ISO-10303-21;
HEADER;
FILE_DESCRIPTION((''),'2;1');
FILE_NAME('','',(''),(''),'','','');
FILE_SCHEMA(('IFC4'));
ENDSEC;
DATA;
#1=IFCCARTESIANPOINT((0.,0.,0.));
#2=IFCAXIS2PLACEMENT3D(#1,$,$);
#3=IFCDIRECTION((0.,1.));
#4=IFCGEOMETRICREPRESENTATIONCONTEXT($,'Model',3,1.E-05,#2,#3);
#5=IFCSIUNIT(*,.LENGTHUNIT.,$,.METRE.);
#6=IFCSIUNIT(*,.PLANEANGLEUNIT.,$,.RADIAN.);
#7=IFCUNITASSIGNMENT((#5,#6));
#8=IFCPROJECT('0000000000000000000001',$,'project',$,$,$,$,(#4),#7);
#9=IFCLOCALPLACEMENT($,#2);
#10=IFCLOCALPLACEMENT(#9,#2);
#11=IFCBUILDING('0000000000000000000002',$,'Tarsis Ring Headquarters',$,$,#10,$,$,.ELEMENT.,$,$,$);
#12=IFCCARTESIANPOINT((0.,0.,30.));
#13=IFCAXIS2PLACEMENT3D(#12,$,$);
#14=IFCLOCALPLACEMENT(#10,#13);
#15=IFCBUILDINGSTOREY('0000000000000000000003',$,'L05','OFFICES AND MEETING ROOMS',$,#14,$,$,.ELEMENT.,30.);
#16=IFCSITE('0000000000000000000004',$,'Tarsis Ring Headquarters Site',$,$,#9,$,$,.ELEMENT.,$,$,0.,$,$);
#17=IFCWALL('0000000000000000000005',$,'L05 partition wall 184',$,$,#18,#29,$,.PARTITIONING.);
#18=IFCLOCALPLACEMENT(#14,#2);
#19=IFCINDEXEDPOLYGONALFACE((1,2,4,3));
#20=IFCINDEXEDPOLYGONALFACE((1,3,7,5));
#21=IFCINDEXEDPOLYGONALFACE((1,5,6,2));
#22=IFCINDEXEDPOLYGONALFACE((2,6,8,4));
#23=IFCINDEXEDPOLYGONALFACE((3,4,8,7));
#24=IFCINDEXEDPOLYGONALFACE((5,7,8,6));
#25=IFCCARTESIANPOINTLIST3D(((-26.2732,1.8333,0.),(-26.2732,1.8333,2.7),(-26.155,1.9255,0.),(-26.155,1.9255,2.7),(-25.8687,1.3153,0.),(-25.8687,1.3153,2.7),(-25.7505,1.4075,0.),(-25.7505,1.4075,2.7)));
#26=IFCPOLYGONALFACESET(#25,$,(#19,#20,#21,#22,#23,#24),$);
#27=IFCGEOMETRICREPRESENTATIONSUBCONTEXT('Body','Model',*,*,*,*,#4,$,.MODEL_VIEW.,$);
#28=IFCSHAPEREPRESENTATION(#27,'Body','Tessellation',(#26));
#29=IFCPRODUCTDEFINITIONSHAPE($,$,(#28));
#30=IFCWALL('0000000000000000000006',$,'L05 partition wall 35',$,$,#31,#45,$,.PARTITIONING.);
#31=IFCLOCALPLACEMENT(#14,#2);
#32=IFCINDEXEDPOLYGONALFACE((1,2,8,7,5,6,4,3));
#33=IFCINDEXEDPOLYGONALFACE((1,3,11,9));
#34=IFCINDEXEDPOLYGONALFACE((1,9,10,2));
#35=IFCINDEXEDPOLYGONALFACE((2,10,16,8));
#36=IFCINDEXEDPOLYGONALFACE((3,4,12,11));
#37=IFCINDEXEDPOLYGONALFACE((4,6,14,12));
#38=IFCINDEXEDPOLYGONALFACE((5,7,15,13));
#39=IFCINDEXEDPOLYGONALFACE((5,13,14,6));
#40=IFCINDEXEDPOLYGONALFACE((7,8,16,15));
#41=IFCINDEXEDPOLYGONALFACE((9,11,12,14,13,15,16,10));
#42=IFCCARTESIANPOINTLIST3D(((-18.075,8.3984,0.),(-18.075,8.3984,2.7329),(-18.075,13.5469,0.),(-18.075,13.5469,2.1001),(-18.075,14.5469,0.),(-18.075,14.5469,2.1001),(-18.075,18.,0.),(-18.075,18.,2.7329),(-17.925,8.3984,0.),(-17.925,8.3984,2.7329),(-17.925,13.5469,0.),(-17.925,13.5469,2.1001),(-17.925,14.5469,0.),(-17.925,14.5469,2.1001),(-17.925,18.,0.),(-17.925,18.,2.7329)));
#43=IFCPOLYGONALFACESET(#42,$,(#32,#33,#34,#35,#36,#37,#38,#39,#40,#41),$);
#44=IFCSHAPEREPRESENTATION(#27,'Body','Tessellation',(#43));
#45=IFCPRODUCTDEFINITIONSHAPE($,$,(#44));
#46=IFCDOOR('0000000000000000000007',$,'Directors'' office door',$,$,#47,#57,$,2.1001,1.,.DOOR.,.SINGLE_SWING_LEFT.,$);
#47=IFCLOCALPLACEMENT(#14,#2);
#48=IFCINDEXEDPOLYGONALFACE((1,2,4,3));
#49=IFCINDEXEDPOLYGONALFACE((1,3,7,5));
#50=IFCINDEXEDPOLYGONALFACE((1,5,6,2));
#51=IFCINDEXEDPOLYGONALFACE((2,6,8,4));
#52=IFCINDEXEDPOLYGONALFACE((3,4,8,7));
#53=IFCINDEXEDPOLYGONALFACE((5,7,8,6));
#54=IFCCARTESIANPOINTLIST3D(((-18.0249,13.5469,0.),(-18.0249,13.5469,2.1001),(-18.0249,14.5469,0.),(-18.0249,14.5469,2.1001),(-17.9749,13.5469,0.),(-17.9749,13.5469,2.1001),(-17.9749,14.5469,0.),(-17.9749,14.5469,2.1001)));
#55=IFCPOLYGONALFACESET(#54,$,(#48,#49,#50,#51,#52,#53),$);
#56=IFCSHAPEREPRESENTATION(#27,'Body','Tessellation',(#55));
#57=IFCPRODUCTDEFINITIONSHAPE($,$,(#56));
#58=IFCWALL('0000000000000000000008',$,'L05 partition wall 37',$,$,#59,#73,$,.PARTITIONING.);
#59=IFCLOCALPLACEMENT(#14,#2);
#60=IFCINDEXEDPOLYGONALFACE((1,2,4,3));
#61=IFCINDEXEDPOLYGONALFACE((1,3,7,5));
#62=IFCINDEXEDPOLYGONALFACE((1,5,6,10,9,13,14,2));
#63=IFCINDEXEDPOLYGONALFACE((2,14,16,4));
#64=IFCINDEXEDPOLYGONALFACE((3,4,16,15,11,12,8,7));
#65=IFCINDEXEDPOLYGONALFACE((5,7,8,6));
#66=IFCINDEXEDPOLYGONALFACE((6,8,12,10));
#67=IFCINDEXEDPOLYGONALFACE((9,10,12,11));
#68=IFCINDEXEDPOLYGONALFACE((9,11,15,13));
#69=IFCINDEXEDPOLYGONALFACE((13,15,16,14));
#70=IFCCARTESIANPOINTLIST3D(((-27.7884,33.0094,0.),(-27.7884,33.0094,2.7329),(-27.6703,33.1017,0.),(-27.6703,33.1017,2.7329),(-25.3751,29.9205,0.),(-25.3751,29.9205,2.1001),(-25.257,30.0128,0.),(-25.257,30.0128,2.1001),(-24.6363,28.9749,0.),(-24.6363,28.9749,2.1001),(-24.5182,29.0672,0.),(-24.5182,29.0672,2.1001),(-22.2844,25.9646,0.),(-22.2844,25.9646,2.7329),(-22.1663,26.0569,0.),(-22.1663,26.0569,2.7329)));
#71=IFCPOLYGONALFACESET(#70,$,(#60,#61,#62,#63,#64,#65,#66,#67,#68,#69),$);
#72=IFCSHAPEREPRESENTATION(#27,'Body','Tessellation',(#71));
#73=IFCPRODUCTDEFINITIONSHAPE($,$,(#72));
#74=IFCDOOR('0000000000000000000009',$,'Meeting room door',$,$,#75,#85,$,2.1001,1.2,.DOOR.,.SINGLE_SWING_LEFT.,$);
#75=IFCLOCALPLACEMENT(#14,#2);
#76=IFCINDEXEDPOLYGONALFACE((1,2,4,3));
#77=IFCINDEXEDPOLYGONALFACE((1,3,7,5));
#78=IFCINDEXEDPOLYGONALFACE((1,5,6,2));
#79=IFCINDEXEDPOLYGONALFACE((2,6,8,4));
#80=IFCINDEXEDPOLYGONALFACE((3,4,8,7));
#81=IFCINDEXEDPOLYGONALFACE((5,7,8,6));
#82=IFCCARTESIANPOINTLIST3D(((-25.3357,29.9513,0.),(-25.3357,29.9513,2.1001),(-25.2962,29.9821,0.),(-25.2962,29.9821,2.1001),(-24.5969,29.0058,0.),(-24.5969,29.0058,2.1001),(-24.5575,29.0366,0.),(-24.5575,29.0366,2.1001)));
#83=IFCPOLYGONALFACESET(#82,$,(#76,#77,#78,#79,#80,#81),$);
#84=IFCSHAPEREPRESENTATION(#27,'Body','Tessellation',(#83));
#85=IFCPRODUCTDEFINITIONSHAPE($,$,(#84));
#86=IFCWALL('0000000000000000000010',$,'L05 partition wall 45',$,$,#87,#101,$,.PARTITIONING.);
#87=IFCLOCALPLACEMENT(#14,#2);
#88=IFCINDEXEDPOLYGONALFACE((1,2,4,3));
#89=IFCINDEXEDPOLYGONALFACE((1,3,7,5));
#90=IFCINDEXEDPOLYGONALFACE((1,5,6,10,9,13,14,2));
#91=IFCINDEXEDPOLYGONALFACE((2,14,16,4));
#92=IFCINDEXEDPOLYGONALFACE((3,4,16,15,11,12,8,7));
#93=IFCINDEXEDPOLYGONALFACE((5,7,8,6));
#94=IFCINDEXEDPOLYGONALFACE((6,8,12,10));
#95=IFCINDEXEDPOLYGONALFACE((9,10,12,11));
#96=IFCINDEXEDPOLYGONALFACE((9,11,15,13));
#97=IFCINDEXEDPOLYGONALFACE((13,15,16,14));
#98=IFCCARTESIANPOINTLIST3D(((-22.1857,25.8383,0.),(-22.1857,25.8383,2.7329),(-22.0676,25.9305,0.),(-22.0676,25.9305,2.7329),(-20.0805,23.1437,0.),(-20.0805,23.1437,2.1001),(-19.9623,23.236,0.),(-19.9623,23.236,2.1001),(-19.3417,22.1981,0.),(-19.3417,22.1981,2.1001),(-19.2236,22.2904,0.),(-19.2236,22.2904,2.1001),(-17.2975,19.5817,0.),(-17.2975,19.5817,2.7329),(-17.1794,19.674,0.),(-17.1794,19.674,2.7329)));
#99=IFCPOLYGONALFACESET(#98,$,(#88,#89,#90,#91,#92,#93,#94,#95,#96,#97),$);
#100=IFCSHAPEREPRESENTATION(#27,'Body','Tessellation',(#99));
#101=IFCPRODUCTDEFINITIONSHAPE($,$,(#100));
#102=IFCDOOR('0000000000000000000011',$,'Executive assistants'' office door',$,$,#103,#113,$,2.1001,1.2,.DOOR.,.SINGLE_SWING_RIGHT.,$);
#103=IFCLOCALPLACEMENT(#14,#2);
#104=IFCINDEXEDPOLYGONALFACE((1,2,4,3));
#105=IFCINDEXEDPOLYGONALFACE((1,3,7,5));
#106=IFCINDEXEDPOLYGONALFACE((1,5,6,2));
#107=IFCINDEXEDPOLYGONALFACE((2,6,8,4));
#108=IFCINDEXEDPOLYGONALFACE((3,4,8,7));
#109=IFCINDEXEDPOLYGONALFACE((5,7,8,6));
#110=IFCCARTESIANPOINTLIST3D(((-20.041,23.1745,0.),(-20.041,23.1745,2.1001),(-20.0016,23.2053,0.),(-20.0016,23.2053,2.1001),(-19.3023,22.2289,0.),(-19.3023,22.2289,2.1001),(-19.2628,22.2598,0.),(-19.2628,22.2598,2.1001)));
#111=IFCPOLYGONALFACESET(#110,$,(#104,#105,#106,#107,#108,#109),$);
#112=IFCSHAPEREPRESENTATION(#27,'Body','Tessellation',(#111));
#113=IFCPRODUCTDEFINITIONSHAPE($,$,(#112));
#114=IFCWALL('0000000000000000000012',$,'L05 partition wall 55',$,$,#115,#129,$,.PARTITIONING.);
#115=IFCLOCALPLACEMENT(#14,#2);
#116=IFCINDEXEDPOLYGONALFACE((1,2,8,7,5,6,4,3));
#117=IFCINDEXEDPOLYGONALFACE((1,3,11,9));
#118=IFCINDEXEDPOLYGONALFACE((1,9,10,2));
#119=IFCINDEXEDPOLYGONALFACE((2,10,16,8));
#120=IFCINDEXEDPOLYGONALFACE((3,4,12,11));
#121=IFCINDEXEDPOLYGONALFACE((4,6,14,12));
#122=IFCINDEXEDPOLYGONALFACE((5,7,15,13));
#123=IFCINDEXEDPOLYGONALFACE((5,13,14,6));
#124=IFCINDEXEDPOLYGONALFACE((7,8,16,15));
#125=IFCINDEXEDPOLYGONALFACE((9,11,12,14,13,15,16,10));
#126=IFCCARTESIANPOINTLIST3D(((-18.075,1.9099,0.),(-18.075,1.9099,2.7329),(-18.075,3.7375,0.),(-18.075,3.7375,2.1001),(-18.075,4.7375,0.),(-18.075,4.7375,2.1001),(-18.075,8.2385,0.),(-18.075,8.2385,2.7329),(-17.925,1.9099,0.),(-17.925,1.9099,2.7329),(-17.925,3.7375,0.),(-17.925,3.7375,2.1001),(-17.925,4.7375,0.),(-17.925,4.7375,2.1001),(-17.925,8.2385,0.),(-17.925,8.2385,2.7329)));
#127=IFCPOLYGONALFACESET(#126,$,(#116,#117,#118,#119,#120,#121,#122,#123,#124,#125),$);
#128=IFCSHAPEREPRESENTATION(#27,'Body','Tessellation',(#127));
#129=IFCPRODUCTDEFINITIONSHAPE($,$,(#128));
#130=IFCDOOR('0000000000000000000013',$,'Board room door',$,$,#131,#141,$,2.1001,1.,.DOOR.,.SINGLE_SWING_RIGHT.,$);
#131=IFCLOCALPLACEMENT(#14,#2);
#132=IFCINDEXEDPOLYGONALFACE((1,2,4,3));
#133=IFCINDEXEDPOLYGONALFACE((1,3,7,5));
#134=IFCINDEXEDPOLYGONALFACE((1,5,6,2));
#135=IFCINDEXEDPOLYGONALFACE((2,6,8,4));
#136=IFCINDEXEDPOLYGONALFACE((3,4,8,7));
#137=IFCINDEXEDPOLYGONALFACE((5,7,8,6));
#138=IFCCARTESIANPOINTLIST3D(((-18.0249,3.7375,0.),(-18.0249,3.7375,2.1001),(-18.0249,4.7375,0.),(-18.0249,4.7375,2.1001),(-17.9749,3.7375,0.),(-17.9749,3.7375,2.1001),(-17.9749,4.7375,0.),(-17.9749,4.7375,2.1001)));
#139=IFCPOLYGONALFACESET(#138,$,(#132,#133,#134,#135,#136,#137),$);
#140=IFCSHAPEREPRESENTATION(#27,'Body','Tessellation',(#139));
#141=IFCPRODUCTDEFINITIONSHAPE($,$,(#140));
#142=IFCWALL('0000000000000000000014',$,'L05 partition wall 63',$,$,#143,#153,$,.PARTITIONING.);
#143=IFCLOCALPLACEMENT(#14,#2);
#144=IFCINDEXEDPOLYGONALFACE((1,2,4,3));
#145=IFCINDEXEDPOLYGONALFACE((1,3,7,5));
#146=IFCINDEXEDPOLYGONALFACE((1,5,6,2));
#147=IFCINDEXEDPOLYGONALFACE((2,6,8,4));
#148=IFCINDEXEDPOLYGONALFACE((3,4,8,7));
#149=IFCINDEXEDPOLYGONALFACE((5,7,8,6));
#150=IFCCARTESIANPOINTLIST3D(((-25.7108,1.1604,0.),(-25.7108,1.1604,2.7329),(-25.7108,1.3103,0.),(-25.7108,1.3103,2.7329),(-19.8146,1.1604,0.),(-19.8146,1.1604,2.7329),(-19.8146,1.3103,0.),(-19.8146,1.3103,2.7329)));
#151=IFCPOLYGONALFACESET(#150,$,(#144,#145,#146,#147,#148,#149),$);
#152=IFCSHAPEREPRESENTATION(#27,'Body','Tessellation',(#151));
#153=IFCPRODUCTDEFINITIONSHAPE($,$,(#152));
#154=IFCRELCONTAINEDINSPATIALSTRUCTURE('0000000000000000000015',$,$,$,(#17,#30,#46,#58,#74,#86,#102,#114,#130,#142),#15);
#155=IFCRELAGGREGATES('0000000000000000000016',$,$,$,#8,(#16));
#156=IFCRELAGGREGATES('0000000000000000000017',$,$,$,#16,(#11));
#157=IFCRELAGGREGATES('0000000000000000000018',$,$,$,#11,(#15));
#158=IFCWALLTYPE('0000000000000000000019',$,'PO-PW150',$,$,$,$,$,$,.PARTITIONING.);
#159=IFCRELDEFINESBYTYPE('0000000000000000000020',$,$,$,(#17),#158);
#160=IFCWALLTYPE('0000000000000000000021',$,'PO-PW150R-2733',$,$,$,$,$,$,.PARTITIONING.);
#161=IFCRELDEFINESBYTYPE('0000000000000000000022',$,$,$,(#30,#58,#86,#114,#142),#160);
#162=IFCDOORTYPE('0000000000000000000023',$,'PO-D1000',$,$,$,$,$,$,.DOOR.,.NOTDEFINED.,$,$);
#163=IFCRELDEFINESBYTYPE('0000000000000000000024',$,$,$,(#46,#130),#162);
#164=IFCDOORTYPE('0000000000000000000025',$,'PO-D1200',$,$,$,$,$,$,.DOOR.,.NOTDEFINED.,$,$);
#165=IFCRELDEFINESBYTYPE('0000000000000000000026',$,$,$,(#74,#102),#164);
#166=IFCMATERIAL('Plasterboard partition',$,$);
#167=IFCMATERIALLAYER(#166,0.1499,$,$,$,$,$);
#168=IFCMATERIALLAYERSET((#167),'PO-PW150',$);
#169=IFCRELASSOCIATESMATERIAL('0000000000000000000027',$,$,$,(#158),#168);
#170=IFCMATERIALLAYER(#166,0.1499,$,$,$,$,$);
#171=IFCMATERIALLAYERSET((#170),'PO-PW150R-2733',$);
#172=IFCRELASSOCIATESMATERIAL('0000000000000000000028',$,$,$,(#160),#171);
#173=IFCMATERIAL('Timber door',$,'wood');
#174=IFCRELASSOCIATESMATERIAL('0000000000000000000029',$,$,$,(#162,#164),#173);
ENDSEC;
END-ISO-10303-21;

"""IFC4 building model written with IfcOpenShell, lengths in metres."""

from ifc_helpers import new_model, si_unit, direction, frame, frame_2d, origin, place, context, subcontext, project, spatial, rectangle, extrude, material, layer, layer_set, type_object, element, fill, save


model = new_model("IFC4")

# Units and contexts
model_context = context("Model", 3, precision=1e-05, world=origin(), true_north=direction((0.0, 1.0)))
body_context = subcontext(model_context, "Body", "Model", "MODEL_VIEW")
ifc_project = project(units=[si_unit("LENGTHUNIT", "METRE"), si_unit("PLANEANGLEUNIT", "RADIAN")], contexts=[model_context])

# Site, building, storey
site_placement = place(None, origin())
site = spatial("IfcSite", under=ifc_project, at=site_placement, Name="Tarsis Ring Headquarters Site", CompositionType="ELEMENT", RefElevation=0.0)
building_placement = place(site_placement, origin())
building = spatial("IfcBuilding", under=site, at=building_placement, Name="Tarsis Ring Headquarters", CompositionType="ELEMENT")
storey_placement = place(building_placement, frame((0.0, 0.0, 30.0)))
storey = spatial("IfcBuildingStorey", under=building, at=storey_placement, Name="L05", Description="OFFICES AND MEETING ROOMS", CompositionType="ELEMENT", Elevation=30.0)

# Wall
ifc_material_1 = material(Name="Plasterboard partition")
ifc_layer_1 = layer(ifc_material_1, 0.1499)
ifc_layer_set_1 = layer_set([ifc_layer_1], Name="PO-PW150")
wall_type_1 = type_object("IfcWallType", Name="PO-PW150", PredefinedType="PARTITIONING", material=ifc_layer_set_1)
wall_1_placement = place(storey_placement, frame((-26.2141, 1.8794, 0.0), z_axis=(0.0, 0.0, 1.0), x_axis=(0.615457, -0.788171, 0.0)))
element("IfcWall", 1, at=wall_1_placement, inside=storey, type_object=wall_type_1, Name="L05 partition wall 184", PredefinedType="PARTITIONING", context=body_context, shape_type="SweptSolid", body=[
    extrude(rectangle(XDim=0.6572, YDim=0.1499, at=frame_2d((0.3286, 0.0))), origin(), (0.0, 0.0, 1.0), 2.7),
])

# Walls, openings, doors
ifc_layer_2 = layer(ifc_material_1, 0.1499)
ifc_layer_set_2 = layer_set([ifc_layer_2], Name="PO-PW150R-2733")
wall_type_2 = type_object("IfcWallType", Name="PO-PW150R-2733", PredefinedType="PARTITIONING", material=ifc_layer_set_2)
wall_2_placement = place(storey_placement, frame((-18.0, 8.3984, 0.0), z_axis=(0.0, 0.0, 1.0), x_axis=(0.0, 1.0, 0.0)))
wall_2 = element("IfcWall", 2, at=wall_2_placement, inside=storey, type_object=wall_type_2, Name="L05 partition wall 35", PredefinedType="PARTITIONING", context=body_context, shape_type="SweptSolid", body=[
    extrude(rectangle(XDim=9.6016, YDim=0.1499, at=frame_2d((4.8008, 0.0))), origin(), (0.0, 0.0, 1.0), 2.7329),
])
opening_1_placement = place(wall_2_placement, frame((5.1484, 0.0, 0.0)))
opening_1 = element("IfcOpeningElement", 3, at=opening_1_placement, cuts=wall_2, PredefinedType="OPENING", context=body_context, shape_type="SweptSolid", body=[
    extrude(rectangle(XDim=1.0, YDim=2.1001, at=frame_2d((0.5, 1.05))), frame((0.0, 0.085, 0.0), z_axis=(0.0, -1.0, 0.0), x_axis=(1.0, 0.0, 0.0)), (0.0, 0.0, 1.0), 0.1699),
])
ifc_material_2 = material(Name="Timber door", Category="wood")
door_type_1 = type_object("IfcDoorType", Name="PO-D1000", OperationType="NOTDEFINED", PredefinedType="DOOR", material=ifc_material_2)
door_1_placement = place(opening_1_placement, origin())
door_1 = element("IfcDoor", 4, at=door_1_placement, inside=storey, type_object=door_type_1, Name="Directors' office door", OperationType="SINGLE_SWING_LEFT", OverallHeight=2.1001, OverallWidth=1.0, PredefinedType="DOOR", context=body_context, shape_type="SweptSolid", body=[
    extrude(rectangle(XDim=1.0, YDim=2.1001, at=frame_2d((0.5, 1.05))), frame((0.0, 0.0249, 0.0), z_axis=(0.0, -1.0, 0.0), x_axis=(1.0, 0.0, 0.0)), (0.0, 0.0, 1.0), 0.05),
])
fill(opening_1, door_1)
wall_3_placement = place(storey_placement, frame((-22.2253, 26.0107, 0.0), z_axis=(0.0, 0.0, 1.0), x_axis=(-0.615662, 0.788011, 0.0)))
wall_3 = element("IfcWall", 5, at=wall_3_placement, inside=storey, type_object=wall_type_2, Name="L05 partition wall 37", PredefinedType="PARTITIONING", context=body_context, shape_type="SweptSolid", body=[
    extrude(rectangle(XDim=8.9399, YDim=0.1499, at=frame_2d((4.47, 0.0))), origin(), (0.0, 0.0, 1.0), 2.7329),
])
opening_2_placement = place(wall_3_placement, frame((3.8201, 0.0, 0.0)))
opening_2 = element("IfcOpeningElement", 6, at=opening_2_placement, cuts=wall_3, PredefinedType="OPENING", context=body_context, shape_type="SweptSolid", body=[
    extrude(rectangle(XDim=1.2, YDim=2.1001, at=frame_2d((0.6001, 1.05))), frame((0.0, 0.085, 0.0), z_axis=(0.0, -1.0, 0.0), x_axis=(1.0, 0.0, 0.0)), (0.0, 0.0, 1.0), 0.1699),
])
door_type_2 = type_object("IfcDoorType", Name="PO-D1200", OperationType="NOTDEFINED", PredefinedType="DOOR", material=ifc_material_2)
door_2_placement = place(opening_2_placement, origin())
door_2 = element("IfcDoor", 7, at=door_2_placement, inside=storey, type_object=door_type_2, Name="Meeting room door", OperationType="SINGLE_SWING_LEFT", OverallHeight=2.1001, OverallWidth=1.2, PredefinedType="DOOR", context=body_context, shape_type="SweptSolid", body=[
    extrude(rectangle(XDim=1.2, YDim=2.1001, at=frame_2d((0.6001, 1.05))), frame((0.0, 0.0249, 0.0), z_axis=(0.0, -1.0, 0.0), x_axis=(1.0, 0.0, 0.0)), (0.0, 0.0, 1.0), 0.05),
])
fill(opening_2, door_2)
wall_4_placement = place(storey_placement, frame((-17.2385, 19.6279, 0.0), z_axis=(0.0, 0.0, 1.0), x_axis=(-0.615661, 0.788011, 0.0)))
wall_4 = element("IfcWall", 8, at=wall_4_placement, inside=storey, type_object=wall_type_2, Name="L05 partition wall 45", PredefinedType="PARTITIONING", context=body_context, shape_type="SweptSolid", body=[
    extrude(rectangle(XDim=7.9397, YDim=0.1499, at=frame_2d((3.9697, 0.0))), origin(), (0.0, 0.0, 1.0), 2.7329),
])
opening_3_placement = place(wall_4_placement, frame((3.3201, 0.0, 0.0)))
opening_3 = element("IfcOpeningElement", 9, at=opening_3_placement, cuts=wall_4, PredefinedType="OPENING", context=body_context, shape_type="SweptSolid", body=[
    extrude(rectangle(XDim=1.2, YDim=2.1001, at=frame_2d((0.6001, 1.05))), frame((0.0, 0.085, 0.0), z_axis=(0.0, -1.0, 0.0), x_axis=(1.0, 0.0, 0.0)), (0.0, 0.0, 1.0), 0.1699),
])
door_3_placement = place(opening_3_placement, origin())
door_3 = element("IfcDoor", 10, at=door_3_placement, inside=storey, type_object=door_type_2, Name="Executive assistants' office door", OperationType="SINGLE_SWING_RIGHT", OverallHeight=2.1001, OverallWidth=1.2, PredefinedType="DOOR", context=body_context, shape_type="SweptSolid", body=[
    extrude(rectangle(XDim=1.2, YDim=2.1001, at=frame_2d((0.6001, 1.05))), frame((0.0, 0.0249, 0.0), z_axis=(0.0, -1.0, 0.0), x_axis=(1.0, 0.0, 0.0)), (0.0, 0.0, 1.0), 0.05),
])
fill(opening_3, door_3)
wall_5_placement = place(storey_placement, frame((-18.0, 1.9099, 0.0), z_axis=(0.0, 0.0, 1.0), x_axis=(0.0, 1.0, 0.0)))
wall_5 = element("IfcWall", 11, at=wall_5_placement, inside=storey, type_object=wall_type_2, Name="L05 partition wall 55", PredefinedType="PARTITIONING", context=body_context, shape_type="SweptSolid", body=[
    extrude(rectangle(XDim=6.3286, YDim=0.1499, at=frame_2d((3.1643, 0.0))), origin(), (0.0, 0.0, 1.0), 2.7329),
])
opening_4_placement = place(wall_5_placement, frame((1.8276, 0.0, 0.0)))
opening_4 = element("IfcOpeningElement", 12, at=opening_4_placement, cuts=wall_5, PredefinedType="OPENING", context=body_context, shape_type="SweptSolid", body=[
    extrude(rectangle(XDim=1.0, YDim=2.1001, at=frame_2d((0.5, 1.05))), frame((0.0, 0.085, 0.0), z_axis=(0.0, -1.0, 0.0), x_axis=(1.0, 0.0, 0.0)), (0.0, 0.0, 1.0), 0.1699),
])
door_4_placement = place(opening_4_placement, origin())
door_4 = element("IfcDoor", 13, at=door_4_placement, inside=storey, type_object=door_type_1, Name="Board room door", OperationType="SINGLE_SWING_RIGHT", OverallHeight=2.1001, OverallWidth=1.0, PredefinedType="DOOR", context=body_context, shape_type="SweptSolid", body=[
    extrude(rectangle(XDim=1.0, YDim=2.1001, at=frame_2d((0.5, 1.05))), frame((0.0, 0.0249, 0.0), z_axis=(0.0, -1.0, 0.0), x_axis=(1.0, 0.0, 0.0)), (0.0, 0.0, 1.0), 0.05),
])
fill(opening_4, door_4)

# Wall
wall_6_placement = place(storey_placement, frame((-25.7109, 1.2354, 0.0), z_axis=(0.0, 0.0, 1.0), x_axis=(1.0, 0.0, 0.0)))
element("IfcWall", 14, at=wall_6_placement, inside=storey, type_object=wall_type_2, Name="L05 partition wall 63", PredefinedType="PARTITIONING", context=body_context, shape_type="SweptSolid", body=[
    extrude(rectangle(XDim=5.8962, YDim=0.1499, at=frame_2d((2.9482, 0.0))), origin(), (0.0, 0.0, 1.0), 2.7329),
])

save(model, "model.ifc")
